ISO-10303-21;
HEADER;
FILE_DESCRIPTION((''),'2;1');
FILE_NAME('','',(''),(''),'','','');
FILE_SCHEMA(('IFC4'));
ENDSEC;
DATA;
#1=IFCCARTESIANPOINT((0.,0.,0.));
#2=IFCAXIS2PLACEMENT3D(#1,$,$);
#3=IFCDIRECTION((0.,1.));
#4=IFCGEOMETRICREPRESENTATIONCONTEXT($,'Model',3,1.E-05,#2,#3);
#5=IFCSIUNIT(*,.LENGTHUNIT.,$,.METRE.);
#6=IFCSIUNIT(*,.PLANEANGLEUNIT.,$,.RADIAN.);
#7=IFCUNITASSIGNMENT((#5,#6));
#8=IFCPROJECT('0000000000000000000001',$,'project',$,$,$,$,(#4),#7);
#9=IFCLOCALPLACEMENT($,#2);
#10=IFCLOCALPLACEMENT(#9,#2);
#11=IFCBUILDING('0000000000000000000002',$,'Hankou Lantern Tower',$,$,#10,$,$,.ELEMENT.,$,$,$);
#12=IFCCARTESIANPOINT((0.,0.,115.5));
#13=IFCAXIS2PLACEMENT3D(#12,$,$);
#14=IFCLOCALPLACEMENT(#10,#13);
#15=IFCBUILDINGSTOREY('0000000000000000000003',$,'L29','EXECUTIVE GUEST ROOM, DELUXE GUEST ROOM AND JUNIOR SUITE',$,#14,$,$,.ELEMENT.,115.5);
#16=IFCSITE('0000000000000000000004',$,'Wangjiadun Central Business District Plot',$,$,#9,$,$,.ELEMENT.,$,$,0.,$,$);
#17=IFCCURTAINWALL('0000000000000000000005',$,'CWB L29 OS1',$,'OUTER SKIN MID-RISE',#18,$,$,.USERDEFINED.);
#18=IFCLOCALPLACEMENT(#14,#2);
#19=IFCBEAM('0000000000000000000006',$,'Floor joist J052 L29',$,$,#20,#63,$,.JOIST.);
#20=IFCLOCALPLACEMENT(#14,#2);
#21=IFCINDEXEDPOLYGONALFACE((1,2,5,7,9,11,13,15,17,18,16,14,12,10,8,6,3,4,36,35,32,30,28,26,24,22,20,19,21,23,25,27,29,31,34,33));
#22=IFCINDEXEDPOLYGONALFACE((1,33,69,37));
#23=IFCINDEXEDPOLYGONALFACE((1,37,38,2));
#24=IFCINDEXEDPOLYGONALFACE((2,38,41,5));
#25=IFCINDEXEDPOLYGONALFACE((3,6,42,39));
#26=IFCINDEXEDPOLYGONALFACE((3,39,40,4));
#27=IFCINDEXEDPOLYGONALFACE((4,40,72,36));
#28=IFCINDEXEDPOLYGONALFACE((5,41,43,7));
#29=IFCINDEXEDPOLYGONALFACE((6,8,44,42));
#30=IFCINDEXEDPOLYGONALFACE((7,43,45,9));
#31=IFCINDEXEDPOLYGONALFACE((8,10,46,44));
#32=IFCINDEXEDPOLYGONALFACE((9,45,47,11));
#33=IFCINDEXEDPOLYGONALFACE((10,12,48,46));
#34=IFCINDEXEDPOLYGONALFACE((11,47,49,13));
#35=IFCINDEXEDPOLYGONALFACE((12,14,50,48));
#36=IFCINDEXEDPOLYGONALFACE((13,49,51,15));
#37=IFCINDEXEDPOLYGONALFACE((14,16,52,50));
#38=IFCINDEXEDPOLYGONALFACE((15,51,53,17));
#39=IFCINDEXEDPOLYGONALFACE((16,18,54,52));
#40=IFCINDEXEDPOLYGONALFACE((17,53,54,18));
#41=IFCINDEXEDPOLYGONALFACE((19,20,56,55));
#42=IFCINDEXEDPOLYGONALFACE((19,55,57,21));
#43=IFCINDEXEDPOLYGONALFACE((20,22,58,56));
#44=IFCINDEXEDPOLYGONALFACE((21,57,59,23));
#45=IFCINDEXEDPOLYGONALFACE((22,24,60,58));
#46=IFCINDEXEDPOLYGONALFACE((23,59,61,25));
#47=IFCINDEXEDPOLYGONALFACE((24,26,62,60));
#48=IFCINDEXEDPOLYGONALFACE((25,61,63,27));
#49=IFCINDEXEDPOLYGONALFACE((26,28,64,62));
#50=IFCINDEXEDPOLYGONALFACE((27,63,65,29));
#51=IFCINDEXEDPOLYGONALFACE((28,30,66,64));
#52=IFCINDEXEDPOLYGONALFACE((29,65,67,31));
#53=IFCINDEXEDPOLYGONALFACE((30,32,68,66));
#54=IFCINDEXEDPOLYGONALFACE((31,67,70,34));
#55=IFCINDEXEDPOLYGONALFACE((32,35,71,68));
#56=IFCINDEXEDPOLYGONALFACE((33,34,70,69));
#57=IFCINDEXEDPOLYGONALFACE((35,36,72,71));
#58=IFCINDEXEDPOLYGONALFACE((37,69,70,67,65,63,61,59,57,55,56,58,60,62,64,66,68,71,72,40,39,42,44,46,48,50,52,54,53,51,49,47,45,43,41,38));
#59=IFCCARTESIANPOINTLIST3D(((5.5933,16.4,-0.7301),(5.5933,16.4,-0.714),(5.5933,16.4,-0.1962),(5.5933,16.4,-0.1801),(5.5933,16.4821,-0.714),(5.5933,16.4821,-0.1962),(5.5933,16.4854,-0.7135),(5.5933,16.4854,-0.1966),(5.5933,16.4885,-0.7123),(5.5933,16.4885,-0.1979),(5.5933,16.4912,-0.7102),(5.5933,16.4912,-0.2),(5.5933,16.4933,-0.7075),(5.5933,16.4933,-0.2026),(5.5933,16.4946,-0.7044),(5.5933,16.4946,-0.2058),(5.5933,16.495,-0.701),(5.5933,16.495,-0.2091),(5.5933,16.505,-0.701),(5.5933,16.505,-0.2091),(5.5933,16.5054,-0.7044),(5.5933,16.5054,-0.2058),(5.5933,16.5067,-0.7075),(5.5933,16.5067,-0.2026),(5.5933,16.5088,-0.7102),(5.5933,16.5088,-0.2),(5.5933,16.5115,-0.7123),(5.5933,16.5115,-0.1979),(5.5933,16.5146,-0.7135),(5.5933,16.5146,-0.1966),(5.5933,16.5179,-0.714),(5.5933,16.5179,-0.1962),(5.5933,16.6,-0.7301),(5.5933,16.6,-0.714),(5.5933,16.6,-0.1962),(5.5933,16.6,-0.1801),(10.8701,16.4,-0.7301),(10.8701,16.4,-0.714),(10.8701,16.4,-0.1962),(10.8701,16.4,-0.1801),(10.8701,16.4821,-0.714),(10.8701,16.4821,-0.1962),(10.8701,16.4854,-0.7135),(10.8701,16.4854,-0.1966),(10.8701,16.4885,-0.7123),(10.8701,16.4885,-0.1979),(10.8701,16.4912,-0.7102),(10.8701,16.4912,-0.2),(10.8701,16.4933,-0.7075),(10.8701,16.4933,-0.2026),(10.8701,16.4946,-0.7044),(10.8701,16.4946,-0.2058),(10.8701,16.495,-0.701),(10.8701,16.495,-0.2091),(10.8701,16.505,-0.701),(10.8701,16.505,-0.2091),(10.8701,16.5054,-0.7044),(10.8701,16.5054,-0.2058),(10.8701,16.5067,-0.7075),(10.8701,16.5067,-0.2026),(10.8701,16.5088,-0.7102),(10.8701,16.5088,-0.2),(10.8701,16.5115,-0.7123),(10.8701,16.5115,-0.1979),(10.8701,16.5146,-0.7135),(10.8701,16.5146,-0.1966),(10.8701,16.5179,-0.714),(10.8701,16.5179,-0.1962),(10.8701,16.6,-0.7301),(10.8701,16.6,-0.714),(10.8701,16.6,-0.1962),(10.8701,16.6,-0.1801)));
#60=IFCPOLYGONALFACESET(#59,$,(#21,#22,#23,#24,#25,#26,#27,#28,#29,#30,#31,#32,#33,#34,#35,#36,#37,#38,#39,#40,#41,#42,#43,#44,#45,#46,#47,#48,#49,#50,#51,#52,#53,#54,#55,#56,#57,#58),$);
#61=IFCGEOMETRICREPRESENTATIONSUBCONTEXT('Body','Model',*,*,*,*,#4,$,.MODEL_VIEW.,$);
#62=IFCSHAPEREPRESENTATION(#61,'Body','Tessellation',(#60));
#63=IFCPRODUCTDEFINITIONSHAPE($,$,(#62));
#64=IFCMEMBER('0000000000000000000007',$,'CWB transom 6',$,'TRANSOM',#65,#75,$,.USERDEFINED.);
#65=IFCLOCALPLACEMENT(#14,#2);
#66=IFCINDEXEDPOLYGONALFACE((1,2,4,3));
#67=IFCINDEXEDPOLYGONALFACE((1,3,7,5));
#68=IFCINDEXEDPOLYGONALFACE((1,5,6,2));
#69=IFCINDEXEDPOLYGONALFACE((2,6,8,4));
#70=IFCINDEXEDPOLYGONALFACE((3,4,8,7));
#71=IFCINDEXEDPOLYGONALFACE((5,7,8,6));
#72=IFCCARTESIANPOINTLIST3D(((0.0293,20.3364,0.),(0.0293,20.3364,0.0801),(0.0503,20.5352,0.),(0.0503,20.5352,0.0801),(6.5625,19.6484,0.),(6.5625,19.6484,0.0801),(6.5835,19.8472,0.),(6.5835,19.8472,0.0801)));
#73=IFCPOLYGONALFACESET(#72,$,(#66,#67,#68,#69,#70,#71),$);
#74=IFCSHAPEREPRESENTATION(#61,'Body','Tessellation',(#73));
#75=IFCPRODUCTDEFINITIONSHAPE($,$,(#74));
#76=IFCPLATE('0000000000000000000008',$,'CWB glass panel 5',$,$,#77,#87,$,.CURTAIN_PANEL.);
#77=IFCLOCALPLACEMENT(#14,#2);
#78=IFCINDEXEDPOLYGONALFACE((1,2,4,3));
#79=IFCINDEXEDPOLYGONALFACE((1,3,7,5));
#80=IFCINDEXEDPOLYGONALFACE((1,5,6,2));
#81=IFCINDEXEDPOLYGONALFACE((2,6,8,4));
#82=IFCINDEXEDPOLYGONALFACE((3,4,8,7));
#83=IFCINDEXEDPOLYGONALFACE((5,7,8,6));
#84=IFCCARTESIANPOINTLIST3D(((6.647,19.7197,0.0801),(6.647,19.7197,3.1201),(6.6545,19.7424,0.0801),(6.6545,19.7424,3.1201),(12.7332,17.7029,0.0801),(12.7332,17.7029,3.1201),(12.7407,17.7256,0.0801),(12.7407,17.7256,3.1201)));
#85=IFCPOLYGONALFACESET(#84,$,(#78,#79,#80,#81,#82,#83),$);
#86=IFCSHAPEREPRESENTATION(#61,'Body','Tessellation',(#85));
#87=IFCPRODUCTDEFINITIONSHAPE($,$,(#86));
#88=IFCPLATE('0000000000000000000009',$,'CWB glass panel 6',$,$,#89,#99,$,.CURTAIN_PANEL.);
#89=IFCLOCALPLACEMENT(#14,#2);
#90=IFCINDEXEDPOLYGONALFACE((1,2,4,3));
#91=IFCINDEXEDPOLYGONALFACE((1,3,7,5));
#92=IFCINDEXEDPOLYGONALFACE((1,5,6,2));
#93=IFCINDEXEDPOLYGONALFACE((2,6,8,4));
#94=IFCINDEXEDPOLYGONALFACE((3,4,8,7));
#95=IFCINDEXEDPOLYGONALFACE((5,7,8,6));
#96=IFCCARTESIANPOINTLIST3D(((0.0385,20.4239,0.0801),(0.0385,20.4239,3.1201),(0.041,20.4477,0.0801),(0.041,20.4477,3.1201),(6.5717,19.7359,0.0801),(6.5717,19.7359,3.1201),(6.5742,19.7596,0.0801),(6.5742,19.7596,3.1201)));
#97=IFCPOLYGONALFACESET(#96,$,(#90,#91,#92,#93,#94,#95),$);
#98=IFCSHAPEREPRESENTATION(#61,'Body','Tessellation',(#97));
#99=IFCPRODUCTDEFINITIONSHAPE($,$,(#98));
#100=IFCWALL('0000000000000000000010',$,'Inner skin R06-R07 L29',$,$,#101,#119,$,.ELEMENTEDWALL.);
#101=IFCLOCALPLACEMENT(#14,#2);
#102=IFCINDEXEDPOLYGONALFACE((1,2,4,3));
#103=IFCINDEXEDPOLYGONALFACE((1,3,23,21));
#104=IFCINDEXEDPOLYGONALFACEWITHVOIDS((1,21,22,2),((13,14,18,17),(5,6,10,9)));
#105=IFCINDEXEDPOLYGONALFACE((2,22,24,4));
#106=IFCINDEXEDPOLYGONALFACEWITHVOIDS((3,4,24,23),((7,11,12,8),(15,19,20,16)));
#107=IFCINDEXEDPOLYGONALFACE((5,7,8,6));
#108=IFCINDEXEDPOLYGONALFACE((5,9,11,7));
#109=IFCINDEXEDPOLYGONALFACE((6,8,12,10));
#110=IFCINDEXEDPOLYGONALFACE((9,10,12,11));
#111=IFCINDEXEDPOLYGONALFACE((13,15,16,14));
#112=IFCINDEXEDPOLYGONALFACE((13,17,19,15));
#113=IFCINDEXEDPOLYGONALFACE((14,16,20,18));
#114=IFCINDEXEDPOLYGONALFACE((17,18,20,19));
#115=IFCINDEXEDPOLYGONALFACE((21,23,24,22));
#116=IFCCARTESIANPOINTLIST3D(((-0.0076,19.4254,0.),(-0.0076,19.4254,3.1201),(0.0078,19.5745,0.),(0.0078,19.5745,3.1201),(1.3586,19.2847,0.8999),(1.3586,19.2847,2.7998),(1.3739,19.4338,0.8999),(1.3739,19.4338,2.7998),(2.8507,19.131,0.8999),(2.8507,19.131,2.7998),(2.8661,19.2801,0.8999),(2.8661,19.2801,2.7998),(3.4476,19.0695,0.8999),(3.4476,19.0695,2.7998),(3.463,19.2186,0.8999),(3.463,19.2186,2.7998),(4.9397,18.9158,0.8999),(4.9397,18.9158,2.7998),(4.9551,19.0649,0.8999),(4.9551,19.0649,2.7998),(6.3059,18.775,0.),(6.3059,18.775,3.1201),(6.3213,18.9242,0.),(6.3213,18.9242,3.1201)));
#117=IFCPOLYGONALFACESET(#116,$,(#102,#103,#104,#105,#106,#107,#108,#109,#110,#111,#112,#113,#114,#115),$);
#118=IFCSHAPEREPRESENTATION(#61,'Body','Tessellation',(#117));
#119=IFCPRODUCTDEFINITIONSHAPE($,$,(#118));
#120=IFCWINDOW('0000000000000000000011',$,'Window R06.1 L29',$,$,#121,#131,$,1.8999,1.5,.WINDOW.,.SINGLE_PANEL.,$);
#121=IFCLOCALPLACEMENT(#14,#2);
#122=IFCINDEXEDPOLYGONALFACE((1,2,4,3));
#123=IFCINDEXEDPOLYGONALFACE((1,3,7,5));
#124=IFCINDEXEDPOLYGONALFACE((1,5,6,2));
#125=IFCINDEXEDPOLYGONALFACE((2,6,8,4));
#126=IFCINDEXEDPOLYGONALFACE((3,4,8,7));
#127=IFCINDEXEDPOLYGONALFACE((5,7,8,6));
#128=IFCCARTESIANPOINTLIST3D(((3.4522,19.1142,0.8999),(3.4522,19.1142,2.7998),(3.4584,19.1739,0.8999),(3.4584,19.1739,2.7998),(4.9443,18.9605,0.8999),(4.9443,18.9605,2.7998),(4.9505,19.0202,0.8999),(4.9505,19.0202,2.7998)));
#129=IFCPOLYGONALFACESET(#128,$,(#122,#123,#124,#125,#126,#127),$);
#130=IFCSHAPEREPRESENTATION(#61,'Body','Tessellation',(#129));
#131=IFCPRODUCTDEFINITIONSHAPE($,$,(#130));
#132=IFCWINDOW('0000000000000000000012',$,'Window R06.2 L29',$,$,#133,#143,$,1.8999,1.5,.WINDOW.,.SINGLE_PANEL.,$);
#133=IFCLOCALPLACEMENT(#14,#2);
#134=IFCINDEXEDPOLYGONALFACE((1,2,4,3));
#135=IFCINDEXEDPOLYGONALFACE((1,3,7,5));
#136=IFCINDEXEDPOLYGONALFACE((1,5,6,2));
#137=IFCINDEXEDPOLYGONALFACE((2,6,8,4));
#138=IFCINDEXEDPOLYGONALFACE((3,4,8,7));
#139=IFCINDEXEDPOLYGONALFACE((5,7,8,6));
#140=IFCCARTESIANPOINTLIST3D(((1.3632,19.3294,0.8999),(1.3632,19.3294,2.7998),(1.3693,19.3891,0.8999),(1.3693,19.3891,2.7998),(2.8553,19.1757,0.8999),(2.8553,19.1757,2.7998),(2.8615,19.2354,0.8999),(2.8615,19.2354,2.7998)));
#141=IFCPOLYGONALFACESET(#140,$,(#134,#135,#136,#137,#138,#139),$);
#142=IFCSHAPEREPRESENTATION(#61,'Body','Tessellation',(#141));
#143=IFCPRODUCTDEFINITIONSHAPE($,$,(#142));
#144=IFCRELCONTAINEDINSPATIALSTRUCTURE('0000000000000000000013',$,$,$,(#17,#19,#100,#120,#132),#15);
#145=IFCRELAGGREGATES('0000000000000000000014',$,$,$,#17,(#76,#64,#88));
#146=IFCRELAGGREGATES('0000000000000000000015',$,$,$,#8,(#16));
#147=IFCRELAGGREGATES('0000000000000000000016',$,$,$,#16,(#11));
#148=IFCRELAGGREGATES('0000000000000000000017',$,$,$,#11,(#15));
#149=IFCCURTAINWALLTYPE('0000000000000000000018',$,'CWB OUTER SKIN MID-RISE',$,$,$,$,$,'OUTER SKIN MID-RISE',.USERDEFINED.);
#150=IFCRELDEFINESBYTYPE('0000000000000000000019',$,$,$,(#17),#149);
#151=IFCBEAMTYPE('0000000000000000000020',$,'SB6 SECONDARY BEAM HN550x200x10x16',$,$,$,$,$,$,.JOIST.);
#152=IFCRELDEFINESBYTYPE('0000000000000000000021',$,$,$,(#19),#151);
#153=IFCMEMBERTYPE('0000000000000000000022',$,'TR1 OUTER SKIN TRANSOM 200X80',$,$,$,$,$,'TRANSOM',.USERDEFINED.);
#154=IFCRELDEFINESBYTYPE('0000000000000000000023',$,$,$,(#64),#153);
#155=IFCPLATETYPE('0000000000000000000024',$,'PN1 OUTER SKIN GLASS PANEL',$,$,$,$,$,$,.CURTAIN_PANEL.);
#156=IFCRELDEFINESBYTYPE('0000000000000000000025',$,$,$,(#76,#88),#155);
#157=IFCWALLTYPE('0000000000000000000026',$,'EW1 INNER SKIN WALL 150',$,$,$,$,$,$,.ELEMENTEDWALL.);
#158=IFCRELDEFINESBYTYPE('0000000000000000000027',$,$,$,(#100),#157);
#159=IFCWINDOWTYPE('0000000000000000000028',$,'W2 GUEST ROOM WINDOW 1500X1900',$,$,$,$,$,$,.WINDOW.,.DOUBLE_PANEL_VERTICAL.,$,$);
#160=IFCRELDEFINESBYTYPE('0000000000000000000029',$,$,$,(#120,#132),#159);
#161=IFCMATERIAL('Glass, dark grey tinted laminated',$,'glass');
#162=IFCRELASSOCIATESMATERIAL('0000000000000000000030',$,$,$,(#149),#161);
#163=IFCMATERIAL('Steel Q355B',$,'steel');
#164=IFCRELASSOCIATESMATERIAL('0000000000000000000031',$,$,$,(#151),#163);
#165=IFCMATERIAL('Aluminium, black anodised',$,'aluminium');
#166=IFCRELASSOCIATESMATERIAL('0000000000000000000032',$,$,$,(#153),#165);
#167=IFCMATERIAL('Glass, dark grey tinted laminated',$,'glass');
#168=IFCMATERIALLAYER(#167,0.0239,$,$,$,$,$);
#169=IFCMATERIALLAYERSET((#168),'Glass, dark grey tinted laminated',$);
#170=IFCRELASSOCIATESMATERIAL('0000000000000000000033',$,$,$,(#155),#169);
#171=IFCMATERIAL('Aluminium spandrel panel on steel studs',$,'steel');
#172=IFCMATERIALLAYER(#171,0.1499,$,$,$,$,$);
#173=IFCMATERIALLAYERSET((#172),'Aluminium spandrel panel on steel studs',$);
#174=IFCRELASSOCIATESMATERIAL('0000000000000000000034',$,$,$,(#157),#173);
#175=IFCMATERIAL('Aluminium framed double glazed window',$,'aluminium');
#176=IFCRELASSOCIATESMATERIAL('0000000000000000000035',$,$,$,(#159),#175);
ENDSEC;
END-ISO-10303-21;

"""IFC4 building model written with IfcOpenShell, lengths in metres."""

from ifc_helpers import new_model, si_unit, direction, frame, frame_2d, origin, origin_2d, place, context, subcontext, project, spatial, rectangle, i_section, extrude, material, layer, layer_set, material_profile, profile_set, type_object, element, fill, aggregate, save


model = new_model("IFC4")

# Units and contexts
model_context = context("Model", 3, precision=1e-05, world=origin(), true_north=direction((0.0, 1.0)))
body_context = subcontext(model_context, "Body", "Model", "MODEL_VIEW")
ifc_project = project(units=[si_unit("LENGTHUNIT", "METRE"), si_unit("PLANEANGLEUNIT", "RADIAN")], contexts=[model_context])

# Site, building, storey
site_placement = place(None, origin())
site = spatial("IfcSite", under=ifc_project, at=site_placement, Name="Wangjiadun Central Business District Plot", CompositionType="ELEMENT", RefElevation=0.0)
building_placement = place(site_placement, origin())
building = spatial("IfcBuilding", under=site, at=building_placement, Name="Hankou Lantern Tower", CompositionType="ELEMENT")
storey_placement = place(building_placement, frame((0.0, 0.0, 115.5)))
storey = spatial("IfcBuildingStorey", under=building, at=storey_placement, Name="L29", Description="EXECUTIVE GUEST ROOM, DELUXE GUEST ROOM AND JUNIOR SUITE", CompositionType="ELEMENT", Elevation=115.5)

# Curtain wall
ifc_material_1 = material(Name="Glass, dark grey tinted laminated", Category="glass")
curtain_wall_type = type_object("IfcCurtainWallType", Name="CWB OUTER SKIN MID-RISE", ElementType="OUTER SKIN MID-RISE", PredefinedType="USERDEFINED", material=ifc_material_1)
curtain_wall_1_placement = place(storey_placement, origin())
curtain_wall_1 = element("IfcCurtainWall", 1, at=curtain_wall_1_placement, inside=storey, type_object=curtain_wall_type, Name="CWB L29 OS1", ObjectType="OUTER SKIN MID-RISE", PredefinedType="USERDEFINED")

# Beam
ifc_material_2 = material(Name="Steel Q355B", Category="steel")
ifc_material_profile_1 = material_profile(ifc_material_2, i_section(OverallWidth=0.2, OverallDepth=0.55, WebThickness=0.01, FlangeThickness=0.0161, FilletRadius=0.0129, at=origin_2d()), Name="HN550x200x10x16")
ifc_profile_set_1 = profile_set([ifc_material_profile_1], Name="Steel Q355B")
beam_type_1 = type_object("IfcBeamType", Name="SB6 SECONDARY BEAM HN550x200x10x16", PredefinedType="JOIST", material=ifc_profile_set_1)
beam_1_placement = place(storey_placement, frame((5.5933, 16.5, -0.4551), z_axis=(1.0, 0.0, 0.0), x_axis=(0.0, 1.0, 0.0)))
element("IfcBeam", 2, at=beam_1_placement, inside=storey, type_object=beam_type_1, Name="Floor joist J052 L29", PredefinedType="JOIST", context=body_context, shape_type="SweptSolid", body=[
    extrude(i_section(OverallWidth=0.2, OverallDepth=0.55, WebThickness=0.01, FlangeThickness=0.0161, FilletRadius=0.0129, at=origin_2d()), origin(), (0.0, 0.0, 1.0), 5.2769),
])

# Member
ifc_material_3 = material(Name="Aluminium, black anodised", Category="aluminium")
ifc_material_profile_2 = material_profile(ifc_material_3, rectangle(XDim=0.2, YDim=0.0801, at=origin_2d()), Name="TR1 200X80")
ifc_profile_set_2 = profile_set([ifc_material_profile_2], Name="Aluminium, black anodised")
member_type_1 = type_object("IfcMemberType", Name="TR1 OUTER SKIN TRANSOM 200X80", ElementType="TRANSOM", PredefinedType="USERDEFINED", material=ifc_profile_set_2)
member_1_placement = place(storey_placement, frame((6.573, 19.7478, 0.04), z_axis=(-0.994501, 0.104727, 0.0), x_axis=(-0.104727, -0.994501, 0.0)))
member_1 = element("IfcMember", 3, at=member_1_placement, type_object=member_type_1, Name="CWB transom 6", ObjectType="TRANSOM", PredefinedType="USERDEFINED", context=body_context, shape_type="SweptSolid", body=[
    extrude(rectangle(XDim=0.2, YDim=0.0801, at=origin_2d()), origin(), (0.0, 0.0, 1.0), 6.5693),
])

# Plates
ifc_material_4 = material(Name="Glass, dark grey tinted laminated", Category="glass")
ifc_layer_1 = layer(ifc_material_4, 0.0239)
ifc_layer_set_1 = layer_set([ifc_layer_1], Name="Glass, dark grey tinted laminated")
plate_type = type_object("IfcPlateType", Name="PN1 OUTER SKIN GLASS PANEL", PredefinedType="CURTAIN_PANEL", material=ifc_layer_set_1)
plate_1_placement = place(storey_placement, frame((9.6938, 18.7227, 0.0801), z_axis=(0.0, 0.0, 1.0), x_axis=(-0.949241, 0.314551, 0.0)))
plate_1 = element("IfcPlate", 4, at=plate_1_placement, type_object=plate_type, Name="CWB glass panel 5", PredefinedType="CURTAIN_PANEL", context=body_context, shape_type="SweptSolid", body=[
    extrude(rectangle(XDim=6.4116, YDim=0.0239, at=origin_2d()), origin(), (0.0, 0.0, 1.0), 3.04),
])
plate_2_placement = place(storey_placement, frame((3.3064, 20.0918, 0.0801), z_axis=(0.0, 0.0, 1.0), x_axis=(-0.994499, 0.104743, 0.0)))
plate_2 = element("IfcPlate", 5, at=plate_2_placement, type_object=plate_type, Name="CWB glass panel 6", PredefinedType="CURTAIN_PANEL", context=body_context, shape_type="SweptSolid", body=[
    extrude(rectangle(XDim=6.5693, YDim=0.0239, at=origin_2d()), origin(), (0.0, 0.0, 1.0), 3.04),
])
aggregate(curtain_wall_1, [plate_1, member_1, plate_2])

# Wall, openings, windows
ifc_material_5 = material(Name="Aluminium spandrel panel on steel studs", Category="steel")
ifc_layer_2 = layer(ifc_material_5, 0.1499)
ifc_layer_set_2 = layer_set([ifc_layer_2], Name="Aluminium spandrel panel on steel studs")
wall_type_1 = type_object("IfcWallType", Name="EW1 INNER SKIN WALL 150", PredefinedType="ELEMENTEDWALL", material=ifc_layer_set_2)
wall_1_placement = place(storey_placement, frame((6.3135, 18.8496, 0.0), z_axis=(0.0, 0.0, 1.0), x_axis=(-0.994736, 0.102474, 0.0)))
wall_1 = element("IfcWall", 6, at=wall_1_placement, inside=storey, type_object=wall_type_1, Name="Inner skin R06-R07 L29", PredefinedType="ELEMENTEDWALL", context=body_context, shape_type="SweptSolid", body=[
    extrude(rectangle(XDim=6.3469, YDim=0.1499, at=frame_2d((3.1733, 0.0))), origin(), (0.0, 0.0, 1.0), 3.1201),
])
opening_1_placement = place(wall_1_placement, frame((1.3733, 0.0, 0.8999)))
opening_1 = element("IfcOpeningElement", 7, at=opening_1_placement, cuts=wall_1, PredefinedType="OPENING", context=body_context, shape_type="SweptSolid", body=[
    extrude(rectangle(XDim=1.5, YDim=1.8999, at=frame_2d((0.75, 0.95))), frame((0.0, 0.085, 0.0), z_axis=(0.0, -1.0, 0.0), x_axis=(1.0, 0.0, 0.0)), (0.0, 0.0, 1.0), 0.1699),
])
opening_2_placement = place(wall_1_placement, frame((3.4734, 0.0, 0.8999)))
opening_2 = element("IfcOpeningElement", 8, at=opening_2_placement, cuts=wall_1, PredefinedType="OPENING", context=body_context, shape_type="SweptSolid", body=[
    extrude(rectangle(XDim=1.5, YDim=1.8999, at=frame_2d((0.75, 0.95))), frame((0.0, 0.085, 0.0), z_axis=(0.0, -1.0, 0.0), x_axis=(1.0, 0.0, 0.0)), (0.0, 0.0, 1.0), 0.1699),
])
ifc_material_6 = material(Name="Aluminium framed double glazed window", Category="aluminium")
window_type = type_object("IfcWindowType", Name="W2 GUEST ROOM WINDOW 1500X1900", PartitioningType="DOUBLE_PANEL_VERTICAL", PredefinedType="WINDOW", material=ifc_material_6)
window_1_placement = place(opening_1_placement, origin())
window_1 = element("IfcWindow", 9, at=window_1_placement, inside=storey, type_object=window_type, Name="Window R06.1 L29", OverallHeight=1.8999, OverallWidth=1.5, PartitioningType="SINGLE_PANEL", PredefinedType="WINDOW", context=body_context, shape_type="SweptSolid", body=[
    extrude(rectangle(XDim=1.5, YDim=1.8999, at=frame_2d((0.75, 0.95))), frame((0.0, 0.03, 0.0), z_axis=(0.0, -1.0, 0.0), x_axis=(1.0, 0.0, 0.0)), (0.0, 0.0, 1.0), 0.0601),
])
fill(opening_1, window_1)
window_2_placement = place(opening_2_placement, origin())
window_2 = element("IfcWindow", 10, at=window_2_placement, inside=storey, type_object=window_type, Name="Window R06.2 L29", OverallHeight=1.8999, OverallWidth=1.5, PartitioningType="SINGLE_PANEL", PredefinedType="WINDOW", context=body_context, shape_type="SweptSolid", body=[
    extrude(rectangle(XDim=1.5, YDim=1.8999, at=frame_2d((0.75, 0.95))), frame((0.0, 0.03, 0.0), z_axis=(0.0, -1.0, 0.0), x_axis=(1.0, 0.0, 0.0)), (0.0, 0.0, 1.0), 0.0601),
])
fill(opening_2, window_2)

save(model, "model.ifc")
